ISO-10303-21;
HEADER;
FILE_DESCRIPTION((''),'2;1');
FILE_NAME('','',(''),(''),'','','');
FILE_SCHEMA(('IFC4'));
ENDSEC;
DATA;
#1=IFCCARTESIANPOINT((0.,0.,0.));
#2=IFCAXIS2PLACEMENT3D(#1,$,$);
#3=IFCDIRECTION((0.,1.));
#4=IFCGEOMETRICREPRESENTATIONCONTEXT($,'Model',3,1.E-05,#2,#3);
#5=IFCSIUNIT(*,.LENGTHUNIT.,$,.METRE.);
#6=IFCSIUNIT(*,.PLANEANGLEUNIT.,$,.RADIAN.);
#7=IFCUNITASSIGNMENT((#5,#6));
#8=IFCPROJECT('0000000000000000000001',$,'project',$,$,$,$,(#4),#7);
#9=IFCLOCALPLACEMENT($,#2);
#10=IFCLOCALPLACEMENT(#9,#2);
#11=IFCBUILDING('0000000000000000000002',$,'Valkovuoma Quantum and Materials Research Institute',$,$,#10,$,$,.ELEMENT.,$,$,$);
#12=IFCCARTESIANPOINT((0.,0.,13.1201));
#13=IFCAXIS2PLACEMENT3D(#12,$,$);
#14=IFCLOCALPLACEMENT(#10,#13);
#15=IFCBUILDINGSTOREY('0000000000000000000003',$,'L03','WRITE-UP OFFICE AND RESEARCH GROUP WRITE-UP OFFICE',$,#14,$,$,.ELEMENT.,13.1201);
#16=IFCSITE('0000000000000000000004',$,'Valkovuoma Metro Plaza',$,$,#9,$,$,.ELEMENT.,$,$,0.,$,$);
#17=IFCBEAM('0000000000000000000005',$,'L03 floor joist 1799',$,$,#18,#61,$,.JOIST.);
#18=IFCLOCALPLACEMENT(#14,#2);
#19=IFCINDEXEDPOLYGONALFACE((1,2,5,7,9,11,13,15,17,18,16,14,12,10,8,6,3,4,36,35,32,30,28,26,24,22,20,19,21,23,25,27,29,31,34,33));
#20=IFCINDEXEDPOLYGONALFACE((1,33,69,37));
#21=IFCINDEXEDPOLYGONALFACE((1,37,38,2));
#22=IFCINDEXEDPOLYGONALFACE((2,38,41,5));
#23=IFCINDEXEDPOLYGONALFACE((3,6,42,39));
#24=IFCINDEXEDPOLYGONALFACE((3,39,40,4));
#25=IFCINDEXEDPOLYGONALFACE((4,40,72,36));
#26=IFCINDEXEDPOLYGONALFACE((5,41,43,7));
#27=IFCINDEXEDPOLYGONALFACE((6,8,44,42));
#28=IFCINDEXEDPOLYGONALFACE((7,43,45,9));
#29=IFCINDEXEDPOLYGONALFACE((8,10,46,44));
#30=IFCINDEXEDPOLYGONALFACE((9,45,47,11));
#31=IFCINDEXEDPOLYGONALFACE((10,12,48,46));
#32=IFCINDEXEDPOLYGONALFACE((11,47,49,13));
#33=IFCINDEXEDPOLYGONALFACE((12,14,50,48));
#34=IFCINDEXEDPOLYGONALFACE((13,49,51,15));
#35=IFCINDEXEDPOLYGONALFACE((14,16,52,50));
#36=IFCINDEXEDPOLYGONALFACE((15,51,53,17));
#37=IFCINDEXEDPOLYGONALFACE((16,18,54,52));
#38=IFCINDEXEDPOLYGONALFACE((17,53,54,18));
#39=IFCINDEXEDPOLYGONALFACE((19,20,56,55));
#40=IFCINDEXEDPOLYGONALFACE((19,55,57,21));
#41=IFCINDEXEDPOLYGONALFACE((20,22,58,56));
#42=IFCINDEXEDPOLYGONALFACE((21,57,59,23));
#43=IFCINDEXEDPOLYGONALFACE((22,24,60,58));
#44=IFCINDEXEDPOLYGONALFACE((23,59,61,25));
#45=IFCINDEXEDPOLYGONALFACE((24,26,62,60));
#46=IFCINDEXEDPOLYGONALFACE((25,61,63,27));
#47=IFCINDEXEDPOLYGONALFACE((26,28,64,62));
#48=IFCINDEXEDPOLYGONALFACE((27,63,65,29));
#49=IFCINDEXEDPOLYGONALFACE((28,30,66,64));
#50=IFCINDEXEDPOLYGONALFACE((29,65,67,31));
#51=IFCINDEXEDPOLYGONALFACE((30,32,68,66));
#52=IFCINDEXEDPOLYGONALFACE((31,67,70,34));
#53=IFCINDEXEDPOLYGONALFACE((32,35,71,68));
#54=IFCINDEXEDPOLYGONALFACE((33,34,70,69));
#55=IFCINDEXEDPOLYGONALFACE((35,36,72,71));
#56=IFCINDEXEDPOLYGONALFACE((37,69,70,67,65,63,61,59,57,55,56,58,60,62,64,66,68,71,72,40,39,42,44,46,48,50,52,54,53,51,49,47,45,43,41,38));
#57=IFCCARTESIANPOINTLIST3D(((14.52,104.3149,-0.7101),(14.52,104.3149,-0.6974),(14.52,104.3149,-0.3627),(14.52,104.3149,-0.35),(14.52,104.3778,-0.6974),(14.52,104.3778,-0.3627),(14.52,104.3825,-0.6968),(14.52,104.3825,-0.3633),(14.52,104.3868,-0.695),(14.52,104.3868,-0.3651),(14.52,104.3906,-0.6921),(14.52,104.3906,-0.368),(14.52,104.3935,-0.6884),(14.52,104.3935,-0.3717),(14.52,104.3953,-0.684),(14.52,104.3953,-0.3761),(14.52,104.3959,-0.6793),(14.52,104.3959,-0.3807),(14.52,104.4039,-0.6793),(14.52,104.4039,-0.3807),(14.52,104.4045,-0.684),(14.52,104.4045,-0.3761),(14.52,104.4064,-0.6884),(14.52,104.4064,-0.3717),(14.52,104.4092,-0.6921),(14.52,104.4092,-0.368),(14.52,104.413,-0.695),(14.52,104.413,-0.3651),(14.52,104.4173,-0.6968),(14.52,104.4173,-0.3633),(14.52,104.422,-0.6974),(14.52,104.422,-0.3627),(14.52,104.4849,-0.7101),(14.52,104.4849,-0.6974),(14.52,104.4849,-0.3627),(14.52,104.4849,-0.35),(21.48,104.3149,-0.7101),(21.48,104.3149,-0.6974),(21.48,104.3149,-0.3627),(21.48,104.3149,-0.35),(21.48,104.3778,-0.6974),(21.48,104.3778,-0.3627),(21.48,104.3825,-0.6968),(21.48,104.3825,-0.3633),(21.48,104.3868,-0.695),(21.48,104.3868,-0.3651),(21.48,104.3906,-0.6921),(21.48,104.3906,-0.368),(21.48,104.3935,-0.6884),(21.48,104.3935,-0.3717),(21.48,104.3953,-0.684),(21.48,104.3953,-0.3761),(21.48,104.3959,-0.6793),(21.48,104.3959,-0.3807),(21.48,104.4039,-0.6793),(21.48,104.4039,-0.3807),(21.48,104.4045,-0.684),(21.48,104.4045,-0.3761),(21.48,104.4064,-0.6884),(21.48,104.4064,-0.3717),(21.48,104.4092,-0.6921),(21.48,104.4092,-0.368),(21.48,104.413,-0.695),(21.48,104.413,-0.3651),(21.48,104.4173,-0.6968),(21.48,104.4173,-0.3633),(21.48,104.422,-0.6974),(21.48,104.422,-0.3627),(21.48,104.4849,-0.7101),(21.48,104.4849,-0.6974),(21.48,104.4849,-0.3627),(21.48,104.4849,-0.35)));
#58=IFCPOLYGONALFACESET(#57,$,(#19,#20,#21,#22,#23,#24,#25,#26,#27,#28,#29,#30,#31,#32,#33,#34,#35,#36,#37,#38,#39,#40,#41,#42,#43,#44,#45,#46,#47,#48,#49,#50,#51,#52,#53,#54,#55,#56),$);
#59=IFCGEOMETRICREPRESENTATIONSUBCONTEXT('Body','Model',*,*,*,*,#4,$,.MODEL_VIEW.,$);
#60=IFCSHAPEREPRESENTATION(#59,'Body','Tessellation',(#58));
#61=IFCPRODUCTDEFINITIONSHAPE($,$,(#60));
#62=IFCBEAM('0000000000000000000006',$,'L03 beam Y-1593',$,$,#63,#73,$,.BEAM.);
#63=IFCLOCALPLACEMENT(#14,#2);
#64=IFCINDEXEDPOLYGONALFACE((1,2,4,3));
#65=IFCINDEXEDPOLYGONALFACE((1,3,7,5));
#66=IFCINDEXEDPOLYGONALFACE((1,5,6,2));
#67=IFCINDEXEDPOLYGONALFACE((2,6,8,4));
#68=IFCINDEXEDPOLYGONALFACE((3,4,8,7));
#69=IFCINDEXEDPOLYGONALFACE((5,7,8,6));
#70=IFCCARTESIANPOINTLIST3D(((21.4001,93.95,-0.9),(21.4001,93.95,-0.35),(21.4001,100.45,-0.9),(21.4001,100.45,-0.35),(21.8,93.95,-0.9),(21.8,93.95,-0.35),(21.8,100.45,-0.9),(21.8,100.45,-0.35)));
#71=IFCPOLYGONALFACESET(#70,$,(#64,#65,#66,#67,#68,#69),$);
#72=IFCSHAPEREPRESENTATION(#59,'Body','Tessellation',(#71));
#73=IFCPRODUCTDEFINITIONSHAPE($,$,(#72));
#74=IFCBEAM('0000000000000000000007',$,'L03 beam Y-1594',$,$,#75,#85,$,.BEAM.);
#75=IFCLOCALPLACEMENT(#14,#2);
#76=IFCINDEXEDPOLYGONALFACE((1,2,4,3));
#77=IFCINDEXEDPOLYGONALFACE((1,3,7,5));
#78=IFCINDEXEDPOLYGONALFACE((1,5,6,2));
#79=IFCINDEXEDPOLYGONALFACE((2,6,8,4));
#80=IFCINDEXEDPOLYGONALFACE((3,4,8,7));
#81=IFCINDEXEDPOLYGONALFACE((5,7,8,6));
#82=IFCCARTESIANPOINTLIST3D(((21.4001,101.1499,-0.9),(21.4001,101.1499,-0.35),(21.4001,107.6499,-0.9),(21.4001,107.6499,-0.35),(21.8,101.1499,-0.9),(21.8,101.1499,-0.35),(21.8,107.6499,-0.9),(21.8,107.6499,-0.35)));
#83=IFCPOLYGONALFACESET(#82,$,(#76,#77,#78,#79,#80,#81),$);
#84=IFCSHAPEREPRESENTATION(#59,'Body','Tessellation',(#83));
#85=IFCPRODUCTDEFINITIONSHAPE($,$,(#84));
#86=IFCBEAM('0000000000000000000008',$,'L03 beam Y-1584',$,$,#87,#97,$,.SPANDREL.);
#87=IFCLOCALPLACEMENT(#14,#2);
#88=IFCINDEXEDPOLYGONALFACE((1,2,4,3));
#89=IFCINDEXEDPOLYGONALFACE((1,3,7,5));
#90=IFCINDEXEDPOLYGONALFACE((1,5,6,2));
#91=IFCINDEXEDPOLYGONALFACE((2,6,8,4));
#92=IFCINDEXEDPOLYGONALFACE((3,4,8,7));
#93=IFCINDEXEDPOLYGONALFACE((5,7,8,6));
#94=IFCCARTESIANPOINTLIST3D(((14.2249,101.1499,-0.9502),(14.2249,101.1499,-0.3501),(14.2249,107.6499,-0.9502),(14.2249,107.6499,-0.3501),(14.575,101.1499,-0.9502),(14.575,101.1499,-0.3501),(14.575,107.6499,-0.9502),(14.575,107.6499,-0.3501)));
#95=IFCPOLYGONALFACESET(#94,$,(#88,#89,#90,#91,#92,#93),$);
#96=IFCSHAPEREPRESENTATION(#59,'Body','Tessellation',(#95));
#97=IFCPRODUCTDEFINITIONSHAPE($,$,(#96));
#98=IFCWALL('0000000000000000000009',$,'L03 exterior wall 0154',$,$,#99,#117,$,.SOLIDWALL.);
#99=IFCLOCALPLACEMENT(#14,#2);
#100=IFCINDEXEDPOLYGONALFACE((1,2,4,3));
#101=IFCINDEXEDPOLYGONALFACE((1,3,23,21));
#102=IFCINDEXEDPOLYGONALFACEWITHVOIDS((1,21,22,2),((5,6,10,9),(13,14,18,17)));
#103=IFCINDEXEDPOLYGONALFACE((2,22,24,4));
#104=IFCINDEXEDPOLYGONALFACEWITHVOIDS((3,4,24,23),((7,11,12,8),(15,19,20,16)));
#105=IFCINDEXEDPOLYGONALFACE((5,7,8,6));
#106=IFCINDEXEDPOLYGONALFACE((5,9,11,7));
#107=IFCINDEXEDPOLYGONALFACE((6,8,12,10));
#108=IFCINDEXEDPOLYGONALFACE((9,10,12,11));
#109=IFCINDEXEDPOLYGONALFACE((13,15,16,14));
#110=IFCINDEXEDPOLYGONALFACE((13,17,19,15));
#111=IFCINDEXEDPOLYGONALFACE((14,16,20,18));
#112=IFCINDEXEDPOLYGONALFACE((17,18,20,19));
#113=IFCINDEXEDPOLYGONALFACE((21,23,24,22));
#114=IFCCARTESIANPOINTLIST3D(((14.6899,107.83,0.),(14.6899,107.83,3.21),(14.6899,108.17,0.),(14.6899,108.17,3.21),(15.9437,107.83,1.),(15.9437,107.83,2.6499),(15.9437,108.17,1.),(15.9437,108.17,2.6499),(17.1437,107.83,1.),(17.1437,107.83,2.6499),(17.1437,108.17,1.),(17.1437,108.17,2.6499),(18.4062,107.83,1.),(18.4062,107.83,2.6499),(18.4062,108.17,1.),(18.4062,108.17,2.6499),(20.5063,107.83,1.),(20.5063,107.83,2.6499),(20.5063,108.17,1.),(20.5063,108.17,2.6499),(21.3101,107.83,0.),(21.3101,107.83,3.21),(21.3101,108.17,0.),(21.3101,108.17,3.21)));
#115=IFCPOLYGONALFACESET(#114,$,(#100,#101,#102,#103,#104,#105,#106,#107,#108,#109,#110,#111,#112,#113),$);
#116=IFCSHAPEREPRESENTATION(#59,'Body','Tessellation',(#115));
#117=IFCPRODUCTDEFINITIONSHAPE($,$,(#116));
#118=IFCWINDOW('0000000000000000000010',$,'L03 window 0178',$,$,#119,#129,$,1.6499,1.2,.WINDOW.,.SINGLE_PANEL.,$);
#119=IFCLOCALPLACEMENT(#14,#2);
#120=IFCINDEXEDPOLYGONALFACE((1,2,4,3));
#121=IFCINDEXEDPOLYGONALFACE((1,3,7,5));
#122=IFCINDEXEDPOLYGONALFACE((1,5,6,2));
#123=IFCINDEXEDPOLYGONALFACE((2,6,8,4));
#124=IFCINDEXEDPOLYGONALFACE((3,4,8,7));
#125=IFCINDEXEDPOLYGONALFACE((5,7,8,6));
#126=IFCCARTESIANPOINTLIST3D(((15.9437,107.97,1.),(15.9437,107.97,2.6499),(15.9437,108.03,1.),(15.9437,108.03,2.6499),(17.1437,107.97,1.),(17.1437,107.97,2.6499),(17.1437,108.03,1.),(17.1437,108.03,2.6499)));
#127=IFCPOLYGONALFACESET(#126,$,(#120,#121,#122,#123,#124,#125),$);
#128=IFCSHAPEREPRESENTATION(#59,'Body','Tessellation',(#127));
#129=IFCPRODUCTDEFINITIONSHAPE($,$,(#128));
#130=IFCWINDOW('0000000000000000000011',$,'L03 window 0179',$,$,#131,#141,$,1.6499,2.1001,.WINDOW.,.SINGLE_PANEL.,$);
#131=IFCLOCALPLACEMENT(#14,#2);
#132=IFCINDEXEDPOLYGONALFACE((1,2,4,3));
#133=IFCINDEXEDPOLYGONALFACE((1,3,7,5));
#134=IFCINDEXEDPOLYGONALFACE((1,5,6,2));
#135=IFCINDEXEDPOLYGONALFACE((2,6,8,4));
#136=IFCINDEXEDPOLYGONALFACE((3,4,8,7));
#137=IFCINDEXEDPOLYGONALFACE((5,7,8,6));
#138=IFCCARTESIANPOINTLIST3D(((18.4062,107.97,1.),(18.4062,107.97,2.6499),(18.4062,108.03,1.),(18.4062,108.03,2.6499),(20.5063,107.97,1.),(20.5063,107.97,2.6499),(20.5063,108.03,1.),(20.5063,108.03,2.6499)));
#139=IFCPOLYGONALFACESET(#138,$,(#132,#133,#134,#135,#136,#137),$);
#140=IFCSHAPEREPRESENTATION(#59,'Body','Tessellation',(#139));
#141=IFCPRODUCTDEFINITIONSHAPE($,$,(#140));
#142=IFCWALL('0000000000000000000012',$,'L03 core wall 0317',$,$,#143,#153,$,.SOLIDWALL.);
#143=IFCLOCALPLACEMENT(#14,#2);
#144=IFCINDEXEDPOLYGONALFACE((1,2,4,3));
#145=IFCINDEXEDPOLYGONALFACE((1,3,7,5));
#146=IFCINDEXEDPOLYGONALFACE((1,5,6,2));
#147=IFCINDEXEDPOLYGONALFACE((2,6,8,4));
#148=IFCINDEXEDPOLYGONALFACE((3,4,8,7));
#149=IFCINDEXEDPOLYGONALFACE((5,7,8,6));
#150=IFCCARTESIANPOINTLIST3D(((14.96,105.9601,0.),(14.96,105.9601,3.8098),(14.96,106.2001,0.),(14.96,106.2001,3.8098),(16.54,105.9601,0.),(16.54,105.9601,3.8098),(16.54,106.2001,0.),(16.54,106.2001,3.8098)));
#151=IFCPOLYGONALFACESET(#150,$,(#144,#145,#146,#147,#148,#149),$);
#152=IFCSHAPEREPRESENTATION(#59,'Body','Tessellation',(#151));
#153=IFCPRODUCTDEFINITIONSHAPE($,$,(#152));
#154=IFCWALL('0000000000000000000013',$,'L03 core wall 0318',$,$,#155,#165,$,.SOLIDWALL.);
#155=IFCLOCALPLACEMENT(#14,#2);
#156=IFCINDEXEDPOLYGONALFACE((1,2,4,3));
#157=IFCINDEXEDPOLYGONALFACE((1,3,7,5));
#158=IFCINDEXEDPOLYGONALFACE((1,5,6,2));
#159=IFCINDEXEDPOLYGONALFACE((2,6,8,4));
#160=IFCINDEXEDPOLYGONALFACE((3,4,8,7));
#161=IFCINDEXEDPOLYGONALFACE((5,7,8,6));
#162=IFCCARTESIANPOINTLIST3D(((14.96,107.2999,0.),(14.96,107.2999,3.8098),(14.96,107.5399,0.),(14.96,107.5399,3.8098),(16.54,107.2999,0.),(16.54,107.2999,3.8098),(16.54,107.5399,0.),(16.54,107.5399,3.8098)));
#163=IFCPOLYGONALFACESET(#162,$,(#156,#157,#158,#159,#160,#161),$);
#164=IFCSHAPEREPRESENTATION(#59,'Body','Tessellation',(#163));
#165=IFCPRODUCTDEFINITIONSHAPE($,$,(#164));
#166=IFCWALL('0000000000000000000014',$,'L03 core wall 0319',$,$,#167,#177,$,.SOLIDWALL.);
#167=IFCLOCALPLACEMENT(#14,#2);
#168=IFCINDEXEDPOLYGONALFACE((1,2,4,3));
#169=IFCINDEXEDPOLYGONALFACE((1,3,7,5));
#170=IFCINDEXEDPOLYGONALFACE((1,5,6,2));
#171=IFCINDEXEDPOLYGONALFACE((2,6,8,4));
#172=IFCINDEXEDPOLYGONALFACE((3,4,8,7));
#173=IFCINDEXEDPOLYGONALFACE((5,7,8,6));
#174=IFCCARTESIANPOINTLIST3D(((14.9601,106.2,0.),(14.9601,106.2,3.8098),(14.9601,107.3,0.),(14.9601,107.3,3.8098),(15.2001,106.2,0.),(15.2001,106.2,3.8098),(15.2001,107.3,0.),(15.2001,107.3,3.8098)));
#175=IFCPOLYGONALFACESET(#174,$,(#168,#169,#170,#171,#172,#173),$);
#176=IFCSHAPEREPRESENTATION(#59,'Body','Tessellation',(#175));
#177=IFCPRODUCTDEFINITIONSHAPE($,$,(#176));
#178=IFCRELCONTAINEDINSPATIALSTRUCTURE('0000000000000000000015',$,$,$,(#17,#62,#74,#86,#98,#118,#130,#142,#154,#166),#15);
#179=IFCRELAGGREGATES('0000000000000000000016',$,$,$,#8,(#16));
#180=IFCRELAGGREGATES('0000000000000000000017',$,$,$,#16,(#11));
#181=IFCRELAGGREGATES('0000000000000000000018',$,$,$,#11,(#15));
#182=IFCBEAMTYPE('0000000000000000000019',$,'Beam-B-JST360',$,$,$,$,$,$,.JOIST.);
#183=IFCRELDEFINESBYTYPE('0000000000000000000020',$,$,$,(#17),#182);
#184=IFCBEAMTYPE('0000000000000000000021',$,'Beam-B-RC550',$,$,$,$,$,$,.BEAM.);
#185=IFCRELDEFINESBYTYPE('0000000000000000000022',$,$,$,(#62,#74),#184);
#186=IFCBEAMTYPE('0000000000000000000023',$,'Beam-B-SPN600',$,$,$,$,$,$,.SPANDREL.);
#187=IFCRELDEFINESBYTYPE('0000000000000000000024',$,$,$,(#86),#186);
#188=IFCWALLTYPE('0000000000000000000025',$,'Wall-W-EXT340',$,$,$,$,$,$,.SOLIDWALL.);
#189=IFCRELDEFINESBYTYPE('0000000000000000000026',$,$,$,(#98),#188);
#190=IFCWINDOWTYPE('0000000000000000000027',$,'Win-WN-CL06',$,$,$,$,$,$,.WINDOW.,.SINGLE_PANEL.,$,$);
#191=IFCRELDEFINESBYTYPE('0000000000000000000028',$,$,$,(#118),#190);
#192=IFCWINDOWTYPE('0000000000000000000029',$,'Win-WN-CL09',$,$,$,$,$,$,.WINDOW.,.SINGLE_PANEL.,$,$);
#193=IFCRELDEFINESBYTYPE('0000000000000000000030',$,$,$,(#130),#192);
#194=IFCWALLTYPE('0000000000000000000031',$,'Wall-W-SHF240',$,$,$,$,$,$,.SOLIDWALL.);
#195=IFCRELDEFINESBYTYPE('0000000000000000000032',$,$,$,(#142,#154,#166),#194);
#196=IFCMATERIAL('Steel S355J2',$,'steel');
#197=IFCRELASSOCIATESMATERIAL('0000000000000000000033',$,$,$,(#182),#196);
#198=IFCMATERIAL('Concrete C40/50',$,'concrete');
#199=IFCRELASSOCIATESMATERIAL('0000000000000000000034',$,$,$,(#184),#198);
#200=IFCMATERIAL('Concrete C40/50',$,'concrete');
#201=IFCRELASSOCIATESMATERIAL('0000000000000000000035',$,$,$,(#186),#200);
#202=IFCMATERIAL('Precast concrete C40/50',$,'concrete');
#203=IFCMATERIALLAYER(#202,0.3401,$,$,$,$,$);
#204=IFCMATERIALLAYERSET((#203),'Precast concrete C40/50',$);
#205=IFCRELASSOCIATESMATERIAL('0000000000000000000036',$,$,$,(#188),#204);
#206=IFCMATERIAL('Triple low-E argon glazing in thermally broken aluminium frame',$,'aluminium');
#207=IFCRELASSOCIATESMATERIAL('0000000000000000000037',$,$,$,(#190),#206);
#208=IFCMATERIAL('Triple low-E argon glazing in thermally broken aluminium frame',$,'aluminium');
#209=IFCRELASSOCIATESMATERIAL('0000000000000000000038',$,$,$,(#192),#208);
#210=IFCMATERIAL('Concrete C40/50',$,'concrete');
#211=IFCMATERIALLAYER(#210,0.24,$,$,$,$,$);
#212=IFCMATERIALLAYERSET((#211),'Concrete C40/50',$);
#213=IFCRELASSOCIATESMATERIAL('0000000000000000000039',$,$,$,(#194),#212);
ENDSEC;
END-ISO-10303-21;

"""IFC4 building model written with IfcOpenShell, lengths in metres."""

from ifc_helpers import new_model, si_unit, direction, frame, frame_2d, origin, origin_2d, place, context, subcontext, project, spatial, rectangle, i_section, extrude, material, layer, layer_set, material_profile, profile_set, type_object, element, fill, save


model = new_model("IFC4")

# Units and contexts
model_context = context("Model", 3, precision=1e-05, world=origin(), true_north=direction((0.0, 1.0)))
body_context = subcontext(model_context, "Body", "Model", "MODEL_VIEW")
ifc_project = project(units=[si_unit("LENGTHUNIT", "METRE"), si_unit("PLANEANGLEUNIT", "RADIAN")], contexts=[model_context])

# Site, building, storey
site_placement = place(None, origin())
site = spatial("IfcSite", under=ifc_project, at=site_placement, Name="Valkovuoma Metro Plaza", CompositionType="ELEMENT", RefElevation=0.0)
building_placement = place(site_placement, origin())
building = spatial("IfcBuilding", under=site, at=building_placement, Name="Valkovuoma Quantum and Materials Research Institute", CompositionType="ELEMENT")
storey_placement = place(building_placement, frame((0.0, 0.0, 13.1201)))
storey = spatial("IfcBuildingStorey", under=building, at=storey_placement, Name="L03", Description="WRITE-UP OFFICE AND RESEARCH GROUP WRITE-UP OFFICE", CompositionType="ELEMENT", Elevation=13.1201)

# Beams
ifc_material_1 = material(Name="Steel S355J2", Category="steel")
ifc_material_profile_1 = material_profile(ifc_material_1, i_section(OverallWidth=0.1699, OverallDepth=0.3601, WebThickness=0.0081, FlangeThickness=0.0127, FilletRadius=0.0181, at=origin_2d()), Name="Steel S355J2")
ifc_profile_set_1 = profile_set([ifc_material_profile_1], Name="Steel S355J2")
beam_type_1 = type_object("IfcBeamType", Name="Beam-B-JST360", PredefinedType="JOIST", material=ifc_profile_set_1)
for number, where, z_axis, x_axis, name in (
    (1, (14.52, 104.3999, -0.53), (1.0, 0.0, 0.0), (0.0, 1.0, 0.0), "L03 floor joist 1799"),
):
    element("IfcBeam", number, at=place(storey_placement, frame(where, z_axis=z_axis, x_axis=x_axis)), inside=storey, type_object=beam_type_1, Name=name, PredefinedType="JOIST", context=body_context, shape_type="SweptSolid", body=[
        extrude(i_section(OverallWidth=0.1699, OverallDepth=0.3601, WebThickness=0.0081, FlangeThickness=0.0127, FilletRadius=0.0181, at=origin_2d()), origin(), (0.0, 0.0, 1.0), 6.96),
    ])
ifc_material_2 = material(Name="Concrete C40/50", Category="concrete")
ifc_material_profile_2 = material_profile(ifc_material_2, rectangle(XDim=0.3999, YDim=0.55, at=origin_2d()), Name="Concrete C40/50")
ifc_profile_set_2 = profile_set([ifc_material_profile_2], Name="Concrete C40/50")
beam_type_2 = type_object("IfcBeamType", Name="Beam-B-RC550", PredefinedType="BEAM", material=ifc_profile_set_2)
for number, where, z_axis, x_axis, name in (
    (2, (21.6001, 93.95, -0.625), (0.0, 1.0, 0.0), (-1.0, 0.0, 0.0), "L03 beam Y-1593"),
    (3, (21.6001, 101.1499, -0.625), (0.0, 1.0, 0.0), (-1.0, 0.0, 0.0), "L03 beam Y-1594"),
):
    element("IfcBeam", number, at=place(storey_placement, frame(where, z_axis=z_axis, x_axis=x_axis)), inside=storey, type_object=beam_type_2, Name=name, PredefinedType="BEAM", context=body_context, shape_type="SweptSolid", body=[
        extrude(rectangle(XDim=0.3999, YDim=0.55, at=origin_2d()), origin(), (0.0, 0.0, 1.0), 6.5),
    ])
ifc_material_3 = material(Name="Concrete C40/50", Category="concrete")
ifc_material_profile_3 = material_profile(ifc_material_3, rectangle(XDim=0.3501, YDim=0.6001, at=origin_2d()), Name="Concrete C40/50")
ifc_profile_set_3 = profile_set([ifc_material_profile_3], Name="Concrete C40/50")
beam_type_3 = type_object("IfcBeamType", Name="Beam-B-SPN600", PredefinedType="SPANDREL", material=ifc_profile_set_3)
beam_1_placement = place(storey_placement, frame((14.3999, 101.1499, -0.6501), z_axis=(0.0, 1.0, 0.0), x_axis=(-1.0, 0.0, 0.0)))
element("IfcBeam", 4, at=beam_1_placement, inside=storey, type_object=beam_type_3, Name="L03 beam Y-1584", PredefinedType="SPANDREL", context=body_context, shape_type="SweptSolid", body=[
    extrude(rectangle(XDim=0.3501, YDim=0.6001, at=origin_2d()), origin(), (0.0, 0.0, 1.0), 6.5),
])

# Wall, openings, windows
ifc_material_4 = material(Name="Precast concrete C40/50", Category="concrete")
ifc_layer_1 = layer(ifc_material_4, 0.3401)
ifc_layer_set_1 = layer_set([ifc_layer_1], Name="Precast concrete C40/50")
wall_type_1 = type_object("IfcWallType", Name="Wall-W-EXT340", PredefinedType="SOLIDWALL", material=ifc_layer_set_1)
wall_placement = place(storey_placement, frame((14.6899, 108.0, 0.0), z_axis=(0.0, 0.0, 1.0), x_axis=(1.0, 0.0, 0.0)))
wall = element("IfcWall", 5, at=wall_placement, inside=storey, type_object=wall_type_1, Name="L03 exterior wall 0154", PredefinedType="SOLIDWALL", context=body_context, shape_type="SweptSolid", body=[
    extrude(rectangle(XDim=6.6201, YDim=0.3401, at=frame_2d((3.3101, 0.0))), origin(), (0.0, 0.0, 1.0), 3.21),
])
opening_1_placement = place(wall_placement, frame((1.2537, 0.0, 1.0)))
opening_1 = element("IfcOpeningElement", 6, at=opening_1_placement, cuts=wall, PredefinedType="OPENING", context=body_context, shape_type="SweptSolid", body=[
    extrude(rectangle(XDim=1.2, YDim=1.6499, at=frame_2d((0.6001, 0.825))), frame((0.0, 0.1802, 0.0), z_axis=(0.0, -1.0, 0.0), x_axis=(1.0, 0.0, 0.0)), (0.0, 0.0, 1.0), 0.3601),
])
opening_2_placement = place(wall_placement, frame((3.7163, 0.0, 1.0)))
opening_2 = element("IfcOpeningElement", 7, at=opening_2_placement, cuts=wall, PredefinedType="OPENING", context=body_context, shape_type="SweptSolid", body=[
    extrude(rectangle(XDim=2.1001, YDim=1.6499, at=frame_2d((1.05, 0.825))), frame((0.0, 0.1802, 0.0), z_axis=(0.0, -1.0, 0.0), x_axis=(1.0, 0.0, 0.0)), (0.0, 0.0, 1.0), 0.3601),
])
ifc_material_5 = material(Name="Triple low-E argon glazing in thermally broken aluminium frame", Category="aluminium")
window_type_1 = type_object("IfcWindowType", Name="Win-WN-CL06", PartitioningType="SINGLE_PANEL", PredefinedType="WINDOW", material=ifc_material_5)
window_1_placement = place(opening_1_placement, origin())
window_1 = element("IfcWindow", 8, at=window_1_placement, inside=storey, type_object=window_type_1, Name="L03 window 0178", OverallHeight=1.6499, OverallWidth=1.2, PartitioningType="SINGLE_PANEL", PredefinedType="WINDOW", context=body_context, shape_type="SweptSolid", body=[
    extrude(rectangle(XDim=1.2, YDim=1.6499, at=frame_2d((0.6001, 0.825))), frame((0.0, 0.03, 0.0), z_axis=(0.0, -1.0, 0.0), x_axis=(1.0, 0.0, 0.0)), (0.0, 0.0, 1.0), 0.0601),
])
fill(opening_1, window_1)
ifc_material_6 = material(Name="Triple low-E argon glazing in thermally broken aluminium frame", Category="aluminium")
window_type_2 = type_object("IfcWindowType", Name="Win-WN-CL09", PartitioningType="SINGLE_PANEL", PredefinedType="WINDOW", material=ifc_material_6)
window_2_placement = place(opening_2_placement, origin())
window_2 = element("IfcWindow", 9, at=window_2_placement, inside=storey, type_object=window_type_2, Name="L03 window 0179", OverallHeight=1.6499, OverallWidth=2.1001, PartitioningType="SINGLE_PANEL", PredefinedType="WINDOW", context=body_context, shape_type="SweptSolid", body=[
    extrude(rectangle(XDim=2.1001, YDim=1.6499, at=frame_2d((1.05, 0.825))), frame((0.0, 0.03, 0.0), z_axis=(0.0, -1.0, 0.0), x_axis=(1.0, 0.0, 0.0)), (0.0, 0.0, 1.0), 0.0601),
])
fill(opening_2, window_2)

# Walls
ifc_material_7 = material(Name="Concrete C40/50", Category="concrete")
ifc_layer_2 = layer(ifc_material_7, 0.24)
ifc_layer_set_2 = layer_set([ifc_layer_2], Name="Concrete C40/50")
wall_type_2 = type_object("IfcWallType", Name="Wall-W-SHF240", PredefinedType="SOLIDWALL", material=ifc_layer_set_2)
for number, where, z_axis, x_axis, name in (
    (10, (14.96, 106.0801, 0.0), (0.0, 0.0, 1.0), (1.0, 0.0, 0.0), "L03 core wall 0317"),
    (11, (14.96, 107.4199, 0.0), (0.0, 0.0, 1.0), (1.0, 0.0, 0.0), "L03 core wall 0318"),
):
    element("IfcWall", number, at=place(storey_placement, frame(where, z_axis=z_axis, x_axis=x_axis)), inside=storey, type_object=wall_type_2, Name=name, PredefinedType="SOLIDWALL", context=body_context, shape_type="SweptSolid", body=[
        extrude(rectangle(XDim=1.5801, YDim=0.24, at=frame_2d((0.79, 0.0))), origin(), (0.0, 0.0, 1.0), 3.8098),
    ])
for number, where, z_axis, x_axis, name in (
    (12, (15.0801, 106.2, 0.0), (0.0, 0.0, 1.0), (0.0, 1.0, 0.0), "L03 core wall 0319"),
):
    element("IfcWall", number, at=place(storey_placement, frame(where, z_axis=z_axis, x_axis=x_axis)), inside=storey, type_object=wall_type_2, Name=name, PredefinedType="SOLIDWALL", context=body_context, shape_type="SweptSolid", body=[
        extrude(rectangle(XDim=1.1001, YDim=0.24, at=frame_2d((0.55, 0.0))), origin(), (0.0, 0.0, 1.0), 3.8098),
    ])

save(model, "model.ifc")
